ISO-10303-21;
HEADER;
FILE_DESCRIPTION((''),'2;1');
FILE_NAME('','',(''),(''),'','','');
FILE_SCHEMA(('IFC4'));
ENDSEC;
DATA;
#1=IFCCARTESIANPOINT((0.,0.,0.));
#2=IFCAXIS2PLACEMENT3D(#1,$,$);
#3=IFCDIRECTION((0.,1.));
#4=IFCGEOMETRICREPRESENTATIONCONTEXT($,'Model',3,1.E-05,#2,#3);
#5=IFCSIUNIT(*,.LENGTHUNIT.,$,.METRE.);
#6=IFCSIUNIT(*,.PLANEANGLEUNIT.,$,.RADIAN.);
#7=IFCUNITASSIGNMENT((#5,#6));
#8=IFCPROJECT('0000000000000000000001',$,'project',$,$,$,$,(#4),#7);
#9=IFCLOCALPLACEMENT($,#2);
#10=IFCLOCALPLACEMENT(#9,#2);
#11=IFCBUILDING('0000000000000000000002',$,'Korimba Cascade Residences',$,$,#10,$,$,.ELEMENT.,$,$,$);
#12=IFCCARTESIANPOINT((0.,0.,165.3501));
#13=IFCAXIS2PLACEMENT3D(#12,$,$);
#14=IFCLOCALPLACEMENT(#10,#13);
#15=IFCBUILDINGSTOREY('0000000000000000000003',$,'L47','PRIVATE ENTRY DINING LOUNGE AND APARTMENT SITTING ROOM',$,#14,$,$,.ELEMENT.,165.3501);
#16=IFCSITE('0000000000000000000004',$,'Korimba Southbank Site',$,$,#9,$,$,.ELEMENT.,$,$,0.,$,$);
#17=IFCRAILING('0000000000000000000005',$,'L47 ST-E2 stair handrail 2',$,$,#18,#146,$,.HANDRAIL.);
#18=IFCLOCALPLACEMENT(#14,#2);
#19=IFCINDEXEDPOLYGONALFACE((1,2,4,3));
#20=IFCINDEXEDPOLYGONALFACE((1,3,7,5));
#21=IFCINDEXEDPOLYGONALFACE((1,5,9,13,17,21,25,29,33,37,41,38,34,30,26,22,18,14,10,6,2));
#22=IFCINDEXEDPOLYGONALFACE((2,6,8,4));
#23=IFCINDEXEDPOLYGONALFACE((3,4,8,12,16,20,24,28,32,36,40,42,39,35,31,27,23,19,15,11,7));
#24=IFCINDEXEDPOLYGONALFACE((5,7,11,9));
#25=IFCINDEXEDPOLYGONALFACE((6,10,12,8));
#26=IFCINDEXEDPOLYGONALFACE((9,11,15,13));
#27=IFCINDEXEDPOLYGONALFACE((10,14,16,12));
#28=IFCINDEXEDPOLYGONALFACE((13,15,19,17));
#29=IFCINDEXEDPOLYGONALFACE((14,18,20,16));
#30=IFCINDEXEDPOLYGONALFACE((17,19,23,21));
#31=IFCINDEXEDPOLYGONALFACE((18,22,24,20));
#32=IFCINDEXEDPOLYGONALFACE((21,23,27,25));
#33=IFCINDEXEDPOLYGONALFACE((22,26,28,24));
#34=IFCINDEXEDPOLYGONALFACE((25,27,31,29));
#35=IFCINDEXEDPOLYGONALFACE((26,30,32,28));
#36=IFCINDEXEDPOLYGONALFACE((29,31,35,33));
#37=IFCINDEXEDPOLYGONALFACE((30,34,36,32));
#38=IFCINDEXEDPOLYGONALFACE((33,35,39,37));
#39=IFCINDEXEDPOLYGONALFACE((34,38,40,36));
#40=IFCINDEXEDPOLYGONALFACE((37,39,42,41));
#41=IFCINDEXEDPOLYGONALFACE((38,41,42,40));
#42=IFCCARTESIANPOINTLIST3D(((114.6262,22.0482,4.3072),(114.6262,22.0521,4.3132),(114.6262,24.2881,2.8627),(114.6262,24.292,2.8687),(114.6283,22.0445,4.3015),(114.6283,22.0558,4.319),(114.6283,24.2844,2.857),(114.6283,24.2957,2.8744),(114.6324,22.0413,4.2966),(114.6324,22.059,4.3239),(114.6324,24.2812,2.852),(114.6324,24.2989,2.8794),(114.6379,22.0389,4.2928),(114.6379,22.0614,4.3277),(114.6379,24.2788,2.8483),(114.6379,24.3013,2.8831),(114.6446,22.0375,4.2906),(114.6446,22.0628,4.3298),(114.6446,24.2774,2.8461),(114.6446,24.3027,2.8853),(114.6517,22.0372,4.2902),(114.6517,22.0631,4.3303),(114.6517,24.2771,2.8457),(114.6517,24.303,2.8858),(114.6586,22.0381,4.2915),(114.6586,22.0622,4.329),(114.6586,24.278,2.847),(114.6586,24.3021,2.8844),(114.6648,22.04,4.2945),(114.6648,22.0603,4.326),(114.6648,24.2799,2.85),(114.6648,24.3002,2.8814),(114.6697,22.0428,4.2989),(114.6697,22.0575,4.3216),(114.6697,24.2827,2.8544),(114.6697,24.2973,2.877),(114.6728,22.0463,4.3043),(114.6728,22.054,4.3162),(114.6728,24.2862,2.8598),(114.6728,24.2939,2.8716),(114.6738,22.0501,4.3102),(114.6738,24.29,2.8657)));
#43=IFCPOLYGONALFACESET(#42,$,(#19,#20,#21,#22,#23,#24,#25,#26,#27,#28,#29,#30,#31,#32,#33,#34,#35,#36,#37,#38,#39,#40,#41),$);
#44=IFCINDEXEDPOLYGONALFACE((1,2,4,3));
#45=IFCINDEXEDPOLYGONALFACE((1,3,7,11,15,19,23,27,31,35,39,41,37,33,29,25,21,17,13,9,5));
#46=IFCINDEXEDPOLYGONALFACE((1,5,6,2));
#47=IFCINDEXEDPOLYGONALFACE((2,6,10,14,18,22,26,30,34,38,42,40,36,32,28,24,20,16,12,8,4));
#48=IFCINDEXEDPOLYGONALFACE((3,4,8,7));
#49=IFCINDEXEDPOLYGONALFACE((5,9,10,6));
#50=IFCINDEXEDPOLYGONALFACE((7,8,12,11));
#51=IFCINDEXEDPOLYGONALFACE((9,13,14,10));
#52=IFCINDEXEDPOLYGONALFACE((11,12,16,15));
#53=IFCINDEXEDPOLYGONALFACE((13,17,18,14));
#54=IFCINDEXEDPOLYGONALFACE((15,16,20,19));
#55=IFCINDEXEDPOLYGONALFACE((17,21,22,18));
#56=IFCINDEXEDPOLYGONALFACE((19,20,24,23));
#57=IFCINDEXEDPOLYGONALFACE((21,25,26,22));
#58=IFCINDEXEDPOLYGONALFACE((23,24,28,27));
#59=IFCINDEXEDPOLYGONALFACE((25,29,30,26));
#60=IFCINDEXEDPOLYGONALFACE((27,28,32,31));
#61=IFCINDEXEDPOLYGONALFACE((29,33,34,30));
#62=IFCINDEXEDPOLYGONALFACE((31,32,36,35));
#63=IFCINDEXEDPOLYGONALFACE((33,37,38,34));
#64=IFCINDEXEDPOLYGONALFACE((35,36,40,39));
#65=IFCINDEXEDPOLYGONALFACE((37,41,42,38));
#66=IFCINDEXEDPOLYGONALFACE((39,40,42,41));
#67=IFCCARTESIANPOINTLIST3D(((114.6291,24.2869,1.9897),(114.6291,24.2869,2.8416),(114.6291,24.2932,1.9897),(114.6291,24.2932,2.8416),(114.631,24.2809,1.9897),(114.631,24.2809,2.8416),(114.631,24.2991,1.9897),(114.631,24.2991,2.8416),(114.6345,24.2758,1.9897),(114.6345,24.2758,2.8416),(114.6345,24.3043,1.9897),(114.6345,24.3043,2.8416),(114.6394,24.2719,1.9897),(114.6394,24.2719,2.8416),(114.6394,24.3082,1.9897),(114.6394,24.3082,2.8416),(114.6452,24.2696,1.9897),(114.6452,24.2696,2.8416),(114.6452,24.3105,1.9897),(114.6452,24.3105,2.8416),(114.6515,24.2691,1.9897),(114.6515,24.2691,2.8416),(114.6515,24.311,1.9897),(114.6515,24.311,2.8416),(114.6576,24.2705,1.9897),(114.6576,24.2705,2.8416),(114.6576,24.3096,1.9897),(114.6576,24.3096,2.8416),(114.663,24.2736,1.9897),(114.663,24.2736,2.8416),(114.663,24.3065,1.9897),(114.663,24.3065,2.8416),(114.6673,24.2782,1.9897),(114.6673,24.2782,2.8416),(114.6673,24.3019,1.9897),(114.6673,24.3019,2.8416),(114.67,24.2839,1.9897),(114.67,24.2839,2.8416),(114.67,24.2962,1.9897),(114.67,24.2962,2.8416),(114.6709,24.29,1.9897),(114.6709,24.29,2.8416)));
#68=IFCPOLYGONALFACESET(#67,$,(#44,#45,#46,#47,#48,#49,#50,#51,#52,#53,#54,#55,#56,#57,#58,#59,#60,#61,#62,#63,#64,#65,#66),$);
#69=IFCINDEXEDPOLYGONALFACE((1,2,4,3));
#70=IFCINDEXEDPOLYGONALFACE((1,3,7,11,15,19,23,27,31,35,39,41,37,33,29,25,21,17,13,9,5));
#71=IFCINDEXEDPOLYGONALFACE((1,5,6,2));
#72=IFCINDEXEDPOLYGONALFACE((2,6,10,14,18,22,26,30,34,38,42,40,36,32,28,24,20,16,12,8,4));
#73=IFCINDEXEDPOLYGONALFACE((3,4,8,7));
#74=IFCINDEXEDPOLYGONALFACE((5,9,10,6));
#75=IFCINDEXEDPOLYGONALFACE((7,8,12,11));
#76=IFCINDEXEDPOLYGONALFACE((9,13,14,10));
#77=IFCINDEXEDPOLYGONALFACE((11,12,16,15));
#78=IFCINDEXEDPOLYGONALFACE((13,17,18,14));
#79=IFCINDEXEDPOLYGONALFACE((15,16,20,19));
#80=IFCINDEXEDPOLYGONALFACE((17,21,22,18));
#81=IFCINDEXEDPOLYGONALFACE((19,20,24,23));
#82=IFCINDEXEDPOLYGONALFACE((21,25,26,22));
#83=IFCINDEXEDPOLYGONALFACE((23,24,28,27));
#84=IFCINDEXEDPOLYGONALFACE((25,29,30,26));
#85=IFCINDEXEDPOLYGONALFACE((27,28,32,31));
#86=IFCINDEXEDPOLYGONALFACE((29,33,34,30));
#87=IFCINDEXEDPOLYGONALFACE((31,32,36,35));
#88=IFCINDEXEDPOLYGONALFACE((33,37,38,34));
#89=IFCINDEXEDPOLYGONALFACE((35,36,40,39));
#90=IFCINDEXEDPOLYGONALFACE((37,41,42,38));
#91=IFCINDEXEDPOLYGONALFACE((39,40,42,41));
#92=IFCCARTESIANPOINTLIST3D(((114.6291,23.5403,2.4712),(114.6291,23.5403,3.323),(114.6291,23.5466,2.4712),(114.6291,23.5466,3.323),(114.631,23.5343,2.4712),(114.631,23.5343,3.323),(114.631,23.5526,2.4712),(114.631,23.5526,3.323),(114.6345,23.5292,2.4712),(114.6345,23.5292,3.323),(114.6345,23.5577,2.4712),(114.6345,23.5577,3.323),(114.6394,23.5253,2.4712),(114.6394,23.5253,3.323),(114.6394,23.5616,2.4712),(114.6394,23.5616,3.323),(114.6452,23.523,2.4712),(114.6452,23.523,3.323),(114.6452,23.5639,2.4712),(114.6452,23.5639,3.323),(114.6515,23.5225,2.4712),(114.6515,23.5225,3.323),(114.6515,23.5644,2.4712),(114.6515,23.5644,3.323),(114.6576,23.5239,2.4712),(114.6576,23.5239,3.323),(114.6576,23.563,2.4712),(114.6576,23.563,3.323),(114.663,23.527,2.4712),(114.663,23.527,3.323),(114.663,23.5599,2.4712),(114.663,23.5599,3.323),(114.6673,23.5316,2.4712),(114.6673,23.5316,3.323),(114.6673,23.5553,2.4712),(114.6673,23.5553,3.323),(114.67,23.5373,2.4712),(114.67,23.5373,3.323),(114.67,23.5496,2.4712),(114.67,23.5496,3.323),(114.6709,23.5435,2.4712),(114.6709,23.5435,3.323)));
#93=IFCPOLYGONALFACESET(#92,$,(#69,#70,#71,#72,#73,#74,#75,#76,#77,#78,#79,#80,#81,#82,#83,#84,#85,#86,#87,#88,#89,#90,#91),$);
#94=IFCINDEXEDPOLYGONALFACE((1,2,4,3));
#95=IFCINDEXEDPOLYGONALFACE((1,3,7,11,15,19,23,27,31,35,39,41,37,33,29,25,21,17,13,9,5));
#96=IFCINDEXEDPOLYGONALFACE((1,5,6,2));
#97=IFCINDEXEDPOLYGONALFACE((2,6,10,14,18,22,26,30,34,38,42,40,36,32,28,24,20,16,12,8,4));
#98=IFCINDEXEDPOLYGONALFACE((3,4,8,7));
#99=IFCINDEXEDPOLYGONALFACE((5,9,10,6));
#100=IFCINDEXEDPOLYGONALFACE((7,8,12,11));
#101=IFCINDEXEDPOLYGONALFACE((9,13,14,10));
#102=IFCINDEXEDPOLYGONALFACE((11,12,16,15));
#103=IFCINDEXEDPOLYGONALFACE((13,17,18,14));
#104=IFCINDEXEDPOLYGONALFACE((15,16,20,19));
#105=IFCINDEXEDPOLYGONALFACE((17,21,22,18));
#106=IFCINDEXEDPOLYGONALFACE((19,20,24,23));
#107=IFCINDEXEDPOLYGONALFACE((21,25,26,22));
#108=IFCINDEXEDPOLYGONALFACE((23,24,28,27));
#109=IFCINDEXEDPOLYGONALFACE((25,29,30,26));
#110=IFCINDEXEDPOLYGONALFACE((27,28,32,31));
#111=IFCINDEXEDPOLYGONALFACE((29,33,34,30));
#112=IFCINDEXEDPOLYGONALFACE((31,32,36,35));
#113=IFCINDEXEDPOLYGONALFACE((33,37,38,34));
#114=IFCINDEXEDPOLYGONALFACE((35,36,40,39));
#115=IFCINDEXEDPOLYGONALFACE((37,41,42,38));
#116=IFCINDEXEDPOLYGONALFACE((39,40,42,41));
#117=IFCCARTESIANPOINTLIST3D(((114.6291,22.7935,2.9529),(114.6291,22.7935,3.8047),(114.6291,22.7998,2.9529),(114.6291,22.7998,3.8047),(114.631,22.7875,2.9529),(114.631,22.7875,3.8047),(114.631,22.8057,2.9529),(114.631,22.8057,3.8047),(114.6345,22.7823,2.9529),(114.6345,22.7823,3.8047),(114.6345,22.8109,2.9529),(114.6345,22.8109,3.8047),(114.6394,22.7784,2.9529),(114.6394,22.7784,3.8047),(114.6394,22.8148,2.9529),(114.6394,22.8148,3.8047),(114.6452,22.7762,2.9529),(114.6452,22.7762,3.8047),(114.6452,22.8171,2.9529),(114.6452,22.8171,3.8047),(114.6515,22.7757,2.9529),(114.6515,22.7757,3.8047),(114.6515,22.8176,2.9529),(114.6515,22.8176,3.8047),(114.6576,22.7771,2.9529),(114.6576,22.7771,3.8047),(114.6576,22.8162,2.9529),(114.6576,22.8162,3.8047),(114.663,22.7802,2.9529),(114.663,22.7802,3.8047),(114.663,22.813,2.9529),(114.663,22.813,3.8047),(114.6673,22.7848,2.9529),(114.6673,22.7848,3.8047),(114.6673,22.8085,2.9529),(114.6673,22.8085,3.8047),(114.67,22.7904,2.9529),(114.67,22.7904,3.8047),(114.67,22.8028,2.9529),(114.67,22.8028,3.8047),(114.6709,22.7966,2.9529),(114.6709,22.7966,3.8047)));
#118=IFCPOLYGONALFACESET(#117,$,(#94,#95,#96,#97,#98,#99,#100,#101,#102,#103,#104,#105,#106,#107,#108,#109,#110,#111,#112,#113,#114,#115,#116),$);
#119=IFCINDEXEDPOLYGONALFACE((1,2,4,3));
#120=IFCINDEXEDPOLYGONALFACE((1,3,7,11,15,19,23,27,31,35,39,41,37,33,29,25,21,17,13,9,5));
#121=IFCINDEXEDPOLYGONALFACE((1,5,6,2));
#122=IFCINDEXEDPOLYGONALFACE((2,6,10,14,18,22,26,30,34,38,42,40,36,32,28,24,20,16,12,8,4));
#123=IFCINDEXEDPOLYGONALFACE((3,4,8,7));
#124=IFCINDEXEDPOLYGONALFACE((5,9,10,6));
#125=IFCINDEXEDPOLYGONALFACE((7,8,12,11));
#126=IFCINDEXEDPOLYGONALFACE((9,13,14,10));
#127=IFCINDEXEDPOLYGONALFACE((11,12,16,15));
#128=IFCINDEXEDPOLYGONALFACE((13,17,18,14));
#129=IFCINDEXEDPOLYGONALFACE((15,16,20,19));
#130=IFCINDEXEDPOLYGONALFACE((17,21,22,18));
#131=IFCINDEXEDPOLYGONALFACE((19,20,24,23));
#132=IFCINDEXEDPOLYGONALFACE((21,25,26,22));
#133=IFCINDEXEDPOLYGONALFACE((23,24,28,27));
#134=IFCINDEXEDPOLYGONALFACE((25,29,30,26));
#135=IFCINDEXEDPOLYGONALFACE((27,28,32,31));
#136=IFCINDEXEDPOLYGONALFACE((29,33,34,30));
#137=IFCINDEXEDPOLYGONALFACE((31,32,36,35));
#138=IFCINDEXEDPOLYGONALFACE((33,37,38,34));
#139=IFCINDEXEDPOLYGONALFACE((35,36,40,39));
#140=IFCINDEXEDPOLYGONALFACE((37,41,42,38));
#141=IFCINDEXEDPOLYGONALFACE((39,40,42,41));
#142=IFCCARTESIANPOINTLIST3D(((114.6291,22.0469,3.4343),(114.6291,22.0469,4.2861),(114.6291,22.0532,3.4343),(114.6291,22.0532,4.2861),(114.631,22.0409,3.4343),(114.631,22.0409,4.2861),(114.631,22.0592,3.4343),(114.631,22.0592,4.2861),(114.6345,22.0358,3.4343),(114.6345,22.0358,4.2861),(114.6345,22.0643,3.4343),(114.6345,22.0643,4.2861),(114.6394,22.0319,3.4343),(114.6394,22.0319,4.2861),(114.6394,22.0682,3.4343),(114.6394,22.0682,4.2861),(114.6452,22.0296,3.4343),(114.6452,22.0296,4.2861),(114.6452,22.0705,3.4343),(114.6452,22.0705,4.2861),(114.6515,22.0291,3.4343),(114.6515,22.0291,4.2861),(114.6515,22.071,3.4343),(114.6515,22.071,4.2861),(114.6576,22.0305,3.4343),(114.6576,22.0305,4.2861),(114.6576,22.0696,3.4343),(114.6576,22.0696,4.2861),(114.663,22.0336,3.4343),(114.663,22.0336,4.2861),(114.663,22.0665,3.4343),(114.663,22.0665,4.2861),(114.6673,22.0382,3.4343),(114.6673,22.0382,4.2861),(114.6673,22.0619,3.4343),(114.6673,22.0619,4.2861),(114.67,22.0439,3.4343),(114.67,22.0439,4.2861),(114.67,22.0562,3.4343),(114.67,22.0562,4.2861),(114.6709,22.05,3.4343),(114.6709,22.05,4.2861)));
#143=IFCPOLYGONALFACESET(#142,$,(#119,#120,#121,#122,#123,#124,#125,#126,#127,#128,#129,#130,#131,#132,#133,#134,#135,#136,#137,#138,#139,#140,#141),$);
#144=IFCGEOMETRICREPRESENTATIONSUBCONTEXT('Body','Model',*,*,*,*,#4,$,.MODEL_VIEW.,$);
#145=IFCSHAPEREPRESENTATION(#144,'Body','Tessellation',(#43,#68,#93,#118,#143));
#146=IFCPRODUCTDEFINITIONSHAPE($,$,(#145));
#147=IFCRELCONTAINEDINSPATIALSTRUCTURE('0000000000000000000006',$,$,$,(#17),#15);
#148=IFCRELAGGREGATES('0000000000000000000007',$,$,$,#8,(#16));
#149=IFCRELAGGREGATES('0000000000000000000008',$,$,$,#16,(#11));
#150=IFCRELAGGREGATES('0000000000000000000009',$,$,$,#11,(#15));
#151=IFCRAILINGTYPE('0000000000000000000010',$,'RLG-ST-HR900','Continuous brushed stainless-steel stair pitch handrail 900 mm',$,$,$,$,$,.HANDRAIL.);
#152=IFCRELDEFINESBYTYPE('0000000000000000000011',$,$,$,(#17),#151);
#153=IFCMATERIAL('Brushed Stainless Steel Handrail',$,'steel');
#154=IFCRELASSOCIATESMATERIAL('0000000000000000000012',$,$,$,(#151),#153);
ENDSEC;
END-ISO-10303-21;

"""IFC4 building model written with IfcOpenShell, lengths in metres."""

from ifc_helpers import new_model, si_unit, direction, frame, origin, origin_2d, place, context, subcontext, project, spatial, circle, extrude, material, type_object, element, save


model = new_model("IFC4")

# Units and contexts
model_context = context("Model", 3, precision=1e-05, world=origin(), true_north=direction((0.0, 1.0)))
body_context = subcontext(model_context, "Body", "Model", "MODEL_VIEW")
ifc_project = project(units=[si_unit("LENGTHUNIT", "METRE"), si_unit("PLANEANGLEUNIT", "RADIAN")], contexts=[model_context])

# Site, building, storey
site_placement = place(None, origin())
site = spatial("IfcSite", under=ifc_project, at=site_placement, Name="Korimba Southbank Site", CompositionType="ELEMENT", RefElevation=0.0)
building_placement = place(site_placement, origin())
building = spatial("IfcBuilding", under=site, at=building_placement, Name="Korimba Cascade Residences", CompositionType="ELEMENT")
storey_placement = place(building_placement, frame((0.0, 0.0, 165.3501)))
storey = spatial("IfcBuildingStorey", under=building, at=storey_placement, Name="L47", Description="PRIVATE ENTRY DINING LOUNGE AND APARTMENT SITTING ROOM", CompositionType="ELEMENT", Elevation=165.3501)

# Railing
ifc_material_1 = material(Name="Brushed Stainless Steel Handrail", Category="steel")
railing_type_1 = type_object("IfcRailingType", Name="RLG-ST-HR900", Description="Continuous brushed stainless-steel stair pitch handrail 900 mm", PredefinedType="HANDRAIL", material=ifc_material_1)
railing_1_placement = place(storey_placement, frame((114.6499, 24.29, 1.9897)))
element("IfcRailing", 1, at=railing_1_placement, inside=storey, type_object=railing_type_1, Name="L47 ST-E2 stair handrail 2", PredefinedType="HANDRAIL", context=body_context, shape_type="SweptSolid", body=[
    extrude(circle(Radius=0.0239, at=origin_2d()), frame((0.0, 0.0, 0.876), z_axis=(0.0, -0.840395, 0.541975), x_axis=(1.0, 0.0, 0.0)), (0.0, 0.0, 1.0), 2.6653),
    extrude(circle(Radius=0.021, at=origin_2d()), origin(), (0.0, 0.0, 1.0), 0.8518),
    extrude(circle(Radius=0.021, at=origin_2d()), frame((0.0, -0.7466, 0.4814)), (0.0, 0.0, 1.0), 0.8518),
    extrude(circle(Radius=0.021, at=origin_2d()), frame((0.0, -1.4934, 0.9631)), (0.0, 0.0, 1.0), 0.8518),
    extrude(circle(Radius=0.021, at=origin_2d()), frame((0.0, -2.24, 1.4446)), (0.0, 0.0, 1.0), 0.8518),
])

save(model, "model.ifc")
